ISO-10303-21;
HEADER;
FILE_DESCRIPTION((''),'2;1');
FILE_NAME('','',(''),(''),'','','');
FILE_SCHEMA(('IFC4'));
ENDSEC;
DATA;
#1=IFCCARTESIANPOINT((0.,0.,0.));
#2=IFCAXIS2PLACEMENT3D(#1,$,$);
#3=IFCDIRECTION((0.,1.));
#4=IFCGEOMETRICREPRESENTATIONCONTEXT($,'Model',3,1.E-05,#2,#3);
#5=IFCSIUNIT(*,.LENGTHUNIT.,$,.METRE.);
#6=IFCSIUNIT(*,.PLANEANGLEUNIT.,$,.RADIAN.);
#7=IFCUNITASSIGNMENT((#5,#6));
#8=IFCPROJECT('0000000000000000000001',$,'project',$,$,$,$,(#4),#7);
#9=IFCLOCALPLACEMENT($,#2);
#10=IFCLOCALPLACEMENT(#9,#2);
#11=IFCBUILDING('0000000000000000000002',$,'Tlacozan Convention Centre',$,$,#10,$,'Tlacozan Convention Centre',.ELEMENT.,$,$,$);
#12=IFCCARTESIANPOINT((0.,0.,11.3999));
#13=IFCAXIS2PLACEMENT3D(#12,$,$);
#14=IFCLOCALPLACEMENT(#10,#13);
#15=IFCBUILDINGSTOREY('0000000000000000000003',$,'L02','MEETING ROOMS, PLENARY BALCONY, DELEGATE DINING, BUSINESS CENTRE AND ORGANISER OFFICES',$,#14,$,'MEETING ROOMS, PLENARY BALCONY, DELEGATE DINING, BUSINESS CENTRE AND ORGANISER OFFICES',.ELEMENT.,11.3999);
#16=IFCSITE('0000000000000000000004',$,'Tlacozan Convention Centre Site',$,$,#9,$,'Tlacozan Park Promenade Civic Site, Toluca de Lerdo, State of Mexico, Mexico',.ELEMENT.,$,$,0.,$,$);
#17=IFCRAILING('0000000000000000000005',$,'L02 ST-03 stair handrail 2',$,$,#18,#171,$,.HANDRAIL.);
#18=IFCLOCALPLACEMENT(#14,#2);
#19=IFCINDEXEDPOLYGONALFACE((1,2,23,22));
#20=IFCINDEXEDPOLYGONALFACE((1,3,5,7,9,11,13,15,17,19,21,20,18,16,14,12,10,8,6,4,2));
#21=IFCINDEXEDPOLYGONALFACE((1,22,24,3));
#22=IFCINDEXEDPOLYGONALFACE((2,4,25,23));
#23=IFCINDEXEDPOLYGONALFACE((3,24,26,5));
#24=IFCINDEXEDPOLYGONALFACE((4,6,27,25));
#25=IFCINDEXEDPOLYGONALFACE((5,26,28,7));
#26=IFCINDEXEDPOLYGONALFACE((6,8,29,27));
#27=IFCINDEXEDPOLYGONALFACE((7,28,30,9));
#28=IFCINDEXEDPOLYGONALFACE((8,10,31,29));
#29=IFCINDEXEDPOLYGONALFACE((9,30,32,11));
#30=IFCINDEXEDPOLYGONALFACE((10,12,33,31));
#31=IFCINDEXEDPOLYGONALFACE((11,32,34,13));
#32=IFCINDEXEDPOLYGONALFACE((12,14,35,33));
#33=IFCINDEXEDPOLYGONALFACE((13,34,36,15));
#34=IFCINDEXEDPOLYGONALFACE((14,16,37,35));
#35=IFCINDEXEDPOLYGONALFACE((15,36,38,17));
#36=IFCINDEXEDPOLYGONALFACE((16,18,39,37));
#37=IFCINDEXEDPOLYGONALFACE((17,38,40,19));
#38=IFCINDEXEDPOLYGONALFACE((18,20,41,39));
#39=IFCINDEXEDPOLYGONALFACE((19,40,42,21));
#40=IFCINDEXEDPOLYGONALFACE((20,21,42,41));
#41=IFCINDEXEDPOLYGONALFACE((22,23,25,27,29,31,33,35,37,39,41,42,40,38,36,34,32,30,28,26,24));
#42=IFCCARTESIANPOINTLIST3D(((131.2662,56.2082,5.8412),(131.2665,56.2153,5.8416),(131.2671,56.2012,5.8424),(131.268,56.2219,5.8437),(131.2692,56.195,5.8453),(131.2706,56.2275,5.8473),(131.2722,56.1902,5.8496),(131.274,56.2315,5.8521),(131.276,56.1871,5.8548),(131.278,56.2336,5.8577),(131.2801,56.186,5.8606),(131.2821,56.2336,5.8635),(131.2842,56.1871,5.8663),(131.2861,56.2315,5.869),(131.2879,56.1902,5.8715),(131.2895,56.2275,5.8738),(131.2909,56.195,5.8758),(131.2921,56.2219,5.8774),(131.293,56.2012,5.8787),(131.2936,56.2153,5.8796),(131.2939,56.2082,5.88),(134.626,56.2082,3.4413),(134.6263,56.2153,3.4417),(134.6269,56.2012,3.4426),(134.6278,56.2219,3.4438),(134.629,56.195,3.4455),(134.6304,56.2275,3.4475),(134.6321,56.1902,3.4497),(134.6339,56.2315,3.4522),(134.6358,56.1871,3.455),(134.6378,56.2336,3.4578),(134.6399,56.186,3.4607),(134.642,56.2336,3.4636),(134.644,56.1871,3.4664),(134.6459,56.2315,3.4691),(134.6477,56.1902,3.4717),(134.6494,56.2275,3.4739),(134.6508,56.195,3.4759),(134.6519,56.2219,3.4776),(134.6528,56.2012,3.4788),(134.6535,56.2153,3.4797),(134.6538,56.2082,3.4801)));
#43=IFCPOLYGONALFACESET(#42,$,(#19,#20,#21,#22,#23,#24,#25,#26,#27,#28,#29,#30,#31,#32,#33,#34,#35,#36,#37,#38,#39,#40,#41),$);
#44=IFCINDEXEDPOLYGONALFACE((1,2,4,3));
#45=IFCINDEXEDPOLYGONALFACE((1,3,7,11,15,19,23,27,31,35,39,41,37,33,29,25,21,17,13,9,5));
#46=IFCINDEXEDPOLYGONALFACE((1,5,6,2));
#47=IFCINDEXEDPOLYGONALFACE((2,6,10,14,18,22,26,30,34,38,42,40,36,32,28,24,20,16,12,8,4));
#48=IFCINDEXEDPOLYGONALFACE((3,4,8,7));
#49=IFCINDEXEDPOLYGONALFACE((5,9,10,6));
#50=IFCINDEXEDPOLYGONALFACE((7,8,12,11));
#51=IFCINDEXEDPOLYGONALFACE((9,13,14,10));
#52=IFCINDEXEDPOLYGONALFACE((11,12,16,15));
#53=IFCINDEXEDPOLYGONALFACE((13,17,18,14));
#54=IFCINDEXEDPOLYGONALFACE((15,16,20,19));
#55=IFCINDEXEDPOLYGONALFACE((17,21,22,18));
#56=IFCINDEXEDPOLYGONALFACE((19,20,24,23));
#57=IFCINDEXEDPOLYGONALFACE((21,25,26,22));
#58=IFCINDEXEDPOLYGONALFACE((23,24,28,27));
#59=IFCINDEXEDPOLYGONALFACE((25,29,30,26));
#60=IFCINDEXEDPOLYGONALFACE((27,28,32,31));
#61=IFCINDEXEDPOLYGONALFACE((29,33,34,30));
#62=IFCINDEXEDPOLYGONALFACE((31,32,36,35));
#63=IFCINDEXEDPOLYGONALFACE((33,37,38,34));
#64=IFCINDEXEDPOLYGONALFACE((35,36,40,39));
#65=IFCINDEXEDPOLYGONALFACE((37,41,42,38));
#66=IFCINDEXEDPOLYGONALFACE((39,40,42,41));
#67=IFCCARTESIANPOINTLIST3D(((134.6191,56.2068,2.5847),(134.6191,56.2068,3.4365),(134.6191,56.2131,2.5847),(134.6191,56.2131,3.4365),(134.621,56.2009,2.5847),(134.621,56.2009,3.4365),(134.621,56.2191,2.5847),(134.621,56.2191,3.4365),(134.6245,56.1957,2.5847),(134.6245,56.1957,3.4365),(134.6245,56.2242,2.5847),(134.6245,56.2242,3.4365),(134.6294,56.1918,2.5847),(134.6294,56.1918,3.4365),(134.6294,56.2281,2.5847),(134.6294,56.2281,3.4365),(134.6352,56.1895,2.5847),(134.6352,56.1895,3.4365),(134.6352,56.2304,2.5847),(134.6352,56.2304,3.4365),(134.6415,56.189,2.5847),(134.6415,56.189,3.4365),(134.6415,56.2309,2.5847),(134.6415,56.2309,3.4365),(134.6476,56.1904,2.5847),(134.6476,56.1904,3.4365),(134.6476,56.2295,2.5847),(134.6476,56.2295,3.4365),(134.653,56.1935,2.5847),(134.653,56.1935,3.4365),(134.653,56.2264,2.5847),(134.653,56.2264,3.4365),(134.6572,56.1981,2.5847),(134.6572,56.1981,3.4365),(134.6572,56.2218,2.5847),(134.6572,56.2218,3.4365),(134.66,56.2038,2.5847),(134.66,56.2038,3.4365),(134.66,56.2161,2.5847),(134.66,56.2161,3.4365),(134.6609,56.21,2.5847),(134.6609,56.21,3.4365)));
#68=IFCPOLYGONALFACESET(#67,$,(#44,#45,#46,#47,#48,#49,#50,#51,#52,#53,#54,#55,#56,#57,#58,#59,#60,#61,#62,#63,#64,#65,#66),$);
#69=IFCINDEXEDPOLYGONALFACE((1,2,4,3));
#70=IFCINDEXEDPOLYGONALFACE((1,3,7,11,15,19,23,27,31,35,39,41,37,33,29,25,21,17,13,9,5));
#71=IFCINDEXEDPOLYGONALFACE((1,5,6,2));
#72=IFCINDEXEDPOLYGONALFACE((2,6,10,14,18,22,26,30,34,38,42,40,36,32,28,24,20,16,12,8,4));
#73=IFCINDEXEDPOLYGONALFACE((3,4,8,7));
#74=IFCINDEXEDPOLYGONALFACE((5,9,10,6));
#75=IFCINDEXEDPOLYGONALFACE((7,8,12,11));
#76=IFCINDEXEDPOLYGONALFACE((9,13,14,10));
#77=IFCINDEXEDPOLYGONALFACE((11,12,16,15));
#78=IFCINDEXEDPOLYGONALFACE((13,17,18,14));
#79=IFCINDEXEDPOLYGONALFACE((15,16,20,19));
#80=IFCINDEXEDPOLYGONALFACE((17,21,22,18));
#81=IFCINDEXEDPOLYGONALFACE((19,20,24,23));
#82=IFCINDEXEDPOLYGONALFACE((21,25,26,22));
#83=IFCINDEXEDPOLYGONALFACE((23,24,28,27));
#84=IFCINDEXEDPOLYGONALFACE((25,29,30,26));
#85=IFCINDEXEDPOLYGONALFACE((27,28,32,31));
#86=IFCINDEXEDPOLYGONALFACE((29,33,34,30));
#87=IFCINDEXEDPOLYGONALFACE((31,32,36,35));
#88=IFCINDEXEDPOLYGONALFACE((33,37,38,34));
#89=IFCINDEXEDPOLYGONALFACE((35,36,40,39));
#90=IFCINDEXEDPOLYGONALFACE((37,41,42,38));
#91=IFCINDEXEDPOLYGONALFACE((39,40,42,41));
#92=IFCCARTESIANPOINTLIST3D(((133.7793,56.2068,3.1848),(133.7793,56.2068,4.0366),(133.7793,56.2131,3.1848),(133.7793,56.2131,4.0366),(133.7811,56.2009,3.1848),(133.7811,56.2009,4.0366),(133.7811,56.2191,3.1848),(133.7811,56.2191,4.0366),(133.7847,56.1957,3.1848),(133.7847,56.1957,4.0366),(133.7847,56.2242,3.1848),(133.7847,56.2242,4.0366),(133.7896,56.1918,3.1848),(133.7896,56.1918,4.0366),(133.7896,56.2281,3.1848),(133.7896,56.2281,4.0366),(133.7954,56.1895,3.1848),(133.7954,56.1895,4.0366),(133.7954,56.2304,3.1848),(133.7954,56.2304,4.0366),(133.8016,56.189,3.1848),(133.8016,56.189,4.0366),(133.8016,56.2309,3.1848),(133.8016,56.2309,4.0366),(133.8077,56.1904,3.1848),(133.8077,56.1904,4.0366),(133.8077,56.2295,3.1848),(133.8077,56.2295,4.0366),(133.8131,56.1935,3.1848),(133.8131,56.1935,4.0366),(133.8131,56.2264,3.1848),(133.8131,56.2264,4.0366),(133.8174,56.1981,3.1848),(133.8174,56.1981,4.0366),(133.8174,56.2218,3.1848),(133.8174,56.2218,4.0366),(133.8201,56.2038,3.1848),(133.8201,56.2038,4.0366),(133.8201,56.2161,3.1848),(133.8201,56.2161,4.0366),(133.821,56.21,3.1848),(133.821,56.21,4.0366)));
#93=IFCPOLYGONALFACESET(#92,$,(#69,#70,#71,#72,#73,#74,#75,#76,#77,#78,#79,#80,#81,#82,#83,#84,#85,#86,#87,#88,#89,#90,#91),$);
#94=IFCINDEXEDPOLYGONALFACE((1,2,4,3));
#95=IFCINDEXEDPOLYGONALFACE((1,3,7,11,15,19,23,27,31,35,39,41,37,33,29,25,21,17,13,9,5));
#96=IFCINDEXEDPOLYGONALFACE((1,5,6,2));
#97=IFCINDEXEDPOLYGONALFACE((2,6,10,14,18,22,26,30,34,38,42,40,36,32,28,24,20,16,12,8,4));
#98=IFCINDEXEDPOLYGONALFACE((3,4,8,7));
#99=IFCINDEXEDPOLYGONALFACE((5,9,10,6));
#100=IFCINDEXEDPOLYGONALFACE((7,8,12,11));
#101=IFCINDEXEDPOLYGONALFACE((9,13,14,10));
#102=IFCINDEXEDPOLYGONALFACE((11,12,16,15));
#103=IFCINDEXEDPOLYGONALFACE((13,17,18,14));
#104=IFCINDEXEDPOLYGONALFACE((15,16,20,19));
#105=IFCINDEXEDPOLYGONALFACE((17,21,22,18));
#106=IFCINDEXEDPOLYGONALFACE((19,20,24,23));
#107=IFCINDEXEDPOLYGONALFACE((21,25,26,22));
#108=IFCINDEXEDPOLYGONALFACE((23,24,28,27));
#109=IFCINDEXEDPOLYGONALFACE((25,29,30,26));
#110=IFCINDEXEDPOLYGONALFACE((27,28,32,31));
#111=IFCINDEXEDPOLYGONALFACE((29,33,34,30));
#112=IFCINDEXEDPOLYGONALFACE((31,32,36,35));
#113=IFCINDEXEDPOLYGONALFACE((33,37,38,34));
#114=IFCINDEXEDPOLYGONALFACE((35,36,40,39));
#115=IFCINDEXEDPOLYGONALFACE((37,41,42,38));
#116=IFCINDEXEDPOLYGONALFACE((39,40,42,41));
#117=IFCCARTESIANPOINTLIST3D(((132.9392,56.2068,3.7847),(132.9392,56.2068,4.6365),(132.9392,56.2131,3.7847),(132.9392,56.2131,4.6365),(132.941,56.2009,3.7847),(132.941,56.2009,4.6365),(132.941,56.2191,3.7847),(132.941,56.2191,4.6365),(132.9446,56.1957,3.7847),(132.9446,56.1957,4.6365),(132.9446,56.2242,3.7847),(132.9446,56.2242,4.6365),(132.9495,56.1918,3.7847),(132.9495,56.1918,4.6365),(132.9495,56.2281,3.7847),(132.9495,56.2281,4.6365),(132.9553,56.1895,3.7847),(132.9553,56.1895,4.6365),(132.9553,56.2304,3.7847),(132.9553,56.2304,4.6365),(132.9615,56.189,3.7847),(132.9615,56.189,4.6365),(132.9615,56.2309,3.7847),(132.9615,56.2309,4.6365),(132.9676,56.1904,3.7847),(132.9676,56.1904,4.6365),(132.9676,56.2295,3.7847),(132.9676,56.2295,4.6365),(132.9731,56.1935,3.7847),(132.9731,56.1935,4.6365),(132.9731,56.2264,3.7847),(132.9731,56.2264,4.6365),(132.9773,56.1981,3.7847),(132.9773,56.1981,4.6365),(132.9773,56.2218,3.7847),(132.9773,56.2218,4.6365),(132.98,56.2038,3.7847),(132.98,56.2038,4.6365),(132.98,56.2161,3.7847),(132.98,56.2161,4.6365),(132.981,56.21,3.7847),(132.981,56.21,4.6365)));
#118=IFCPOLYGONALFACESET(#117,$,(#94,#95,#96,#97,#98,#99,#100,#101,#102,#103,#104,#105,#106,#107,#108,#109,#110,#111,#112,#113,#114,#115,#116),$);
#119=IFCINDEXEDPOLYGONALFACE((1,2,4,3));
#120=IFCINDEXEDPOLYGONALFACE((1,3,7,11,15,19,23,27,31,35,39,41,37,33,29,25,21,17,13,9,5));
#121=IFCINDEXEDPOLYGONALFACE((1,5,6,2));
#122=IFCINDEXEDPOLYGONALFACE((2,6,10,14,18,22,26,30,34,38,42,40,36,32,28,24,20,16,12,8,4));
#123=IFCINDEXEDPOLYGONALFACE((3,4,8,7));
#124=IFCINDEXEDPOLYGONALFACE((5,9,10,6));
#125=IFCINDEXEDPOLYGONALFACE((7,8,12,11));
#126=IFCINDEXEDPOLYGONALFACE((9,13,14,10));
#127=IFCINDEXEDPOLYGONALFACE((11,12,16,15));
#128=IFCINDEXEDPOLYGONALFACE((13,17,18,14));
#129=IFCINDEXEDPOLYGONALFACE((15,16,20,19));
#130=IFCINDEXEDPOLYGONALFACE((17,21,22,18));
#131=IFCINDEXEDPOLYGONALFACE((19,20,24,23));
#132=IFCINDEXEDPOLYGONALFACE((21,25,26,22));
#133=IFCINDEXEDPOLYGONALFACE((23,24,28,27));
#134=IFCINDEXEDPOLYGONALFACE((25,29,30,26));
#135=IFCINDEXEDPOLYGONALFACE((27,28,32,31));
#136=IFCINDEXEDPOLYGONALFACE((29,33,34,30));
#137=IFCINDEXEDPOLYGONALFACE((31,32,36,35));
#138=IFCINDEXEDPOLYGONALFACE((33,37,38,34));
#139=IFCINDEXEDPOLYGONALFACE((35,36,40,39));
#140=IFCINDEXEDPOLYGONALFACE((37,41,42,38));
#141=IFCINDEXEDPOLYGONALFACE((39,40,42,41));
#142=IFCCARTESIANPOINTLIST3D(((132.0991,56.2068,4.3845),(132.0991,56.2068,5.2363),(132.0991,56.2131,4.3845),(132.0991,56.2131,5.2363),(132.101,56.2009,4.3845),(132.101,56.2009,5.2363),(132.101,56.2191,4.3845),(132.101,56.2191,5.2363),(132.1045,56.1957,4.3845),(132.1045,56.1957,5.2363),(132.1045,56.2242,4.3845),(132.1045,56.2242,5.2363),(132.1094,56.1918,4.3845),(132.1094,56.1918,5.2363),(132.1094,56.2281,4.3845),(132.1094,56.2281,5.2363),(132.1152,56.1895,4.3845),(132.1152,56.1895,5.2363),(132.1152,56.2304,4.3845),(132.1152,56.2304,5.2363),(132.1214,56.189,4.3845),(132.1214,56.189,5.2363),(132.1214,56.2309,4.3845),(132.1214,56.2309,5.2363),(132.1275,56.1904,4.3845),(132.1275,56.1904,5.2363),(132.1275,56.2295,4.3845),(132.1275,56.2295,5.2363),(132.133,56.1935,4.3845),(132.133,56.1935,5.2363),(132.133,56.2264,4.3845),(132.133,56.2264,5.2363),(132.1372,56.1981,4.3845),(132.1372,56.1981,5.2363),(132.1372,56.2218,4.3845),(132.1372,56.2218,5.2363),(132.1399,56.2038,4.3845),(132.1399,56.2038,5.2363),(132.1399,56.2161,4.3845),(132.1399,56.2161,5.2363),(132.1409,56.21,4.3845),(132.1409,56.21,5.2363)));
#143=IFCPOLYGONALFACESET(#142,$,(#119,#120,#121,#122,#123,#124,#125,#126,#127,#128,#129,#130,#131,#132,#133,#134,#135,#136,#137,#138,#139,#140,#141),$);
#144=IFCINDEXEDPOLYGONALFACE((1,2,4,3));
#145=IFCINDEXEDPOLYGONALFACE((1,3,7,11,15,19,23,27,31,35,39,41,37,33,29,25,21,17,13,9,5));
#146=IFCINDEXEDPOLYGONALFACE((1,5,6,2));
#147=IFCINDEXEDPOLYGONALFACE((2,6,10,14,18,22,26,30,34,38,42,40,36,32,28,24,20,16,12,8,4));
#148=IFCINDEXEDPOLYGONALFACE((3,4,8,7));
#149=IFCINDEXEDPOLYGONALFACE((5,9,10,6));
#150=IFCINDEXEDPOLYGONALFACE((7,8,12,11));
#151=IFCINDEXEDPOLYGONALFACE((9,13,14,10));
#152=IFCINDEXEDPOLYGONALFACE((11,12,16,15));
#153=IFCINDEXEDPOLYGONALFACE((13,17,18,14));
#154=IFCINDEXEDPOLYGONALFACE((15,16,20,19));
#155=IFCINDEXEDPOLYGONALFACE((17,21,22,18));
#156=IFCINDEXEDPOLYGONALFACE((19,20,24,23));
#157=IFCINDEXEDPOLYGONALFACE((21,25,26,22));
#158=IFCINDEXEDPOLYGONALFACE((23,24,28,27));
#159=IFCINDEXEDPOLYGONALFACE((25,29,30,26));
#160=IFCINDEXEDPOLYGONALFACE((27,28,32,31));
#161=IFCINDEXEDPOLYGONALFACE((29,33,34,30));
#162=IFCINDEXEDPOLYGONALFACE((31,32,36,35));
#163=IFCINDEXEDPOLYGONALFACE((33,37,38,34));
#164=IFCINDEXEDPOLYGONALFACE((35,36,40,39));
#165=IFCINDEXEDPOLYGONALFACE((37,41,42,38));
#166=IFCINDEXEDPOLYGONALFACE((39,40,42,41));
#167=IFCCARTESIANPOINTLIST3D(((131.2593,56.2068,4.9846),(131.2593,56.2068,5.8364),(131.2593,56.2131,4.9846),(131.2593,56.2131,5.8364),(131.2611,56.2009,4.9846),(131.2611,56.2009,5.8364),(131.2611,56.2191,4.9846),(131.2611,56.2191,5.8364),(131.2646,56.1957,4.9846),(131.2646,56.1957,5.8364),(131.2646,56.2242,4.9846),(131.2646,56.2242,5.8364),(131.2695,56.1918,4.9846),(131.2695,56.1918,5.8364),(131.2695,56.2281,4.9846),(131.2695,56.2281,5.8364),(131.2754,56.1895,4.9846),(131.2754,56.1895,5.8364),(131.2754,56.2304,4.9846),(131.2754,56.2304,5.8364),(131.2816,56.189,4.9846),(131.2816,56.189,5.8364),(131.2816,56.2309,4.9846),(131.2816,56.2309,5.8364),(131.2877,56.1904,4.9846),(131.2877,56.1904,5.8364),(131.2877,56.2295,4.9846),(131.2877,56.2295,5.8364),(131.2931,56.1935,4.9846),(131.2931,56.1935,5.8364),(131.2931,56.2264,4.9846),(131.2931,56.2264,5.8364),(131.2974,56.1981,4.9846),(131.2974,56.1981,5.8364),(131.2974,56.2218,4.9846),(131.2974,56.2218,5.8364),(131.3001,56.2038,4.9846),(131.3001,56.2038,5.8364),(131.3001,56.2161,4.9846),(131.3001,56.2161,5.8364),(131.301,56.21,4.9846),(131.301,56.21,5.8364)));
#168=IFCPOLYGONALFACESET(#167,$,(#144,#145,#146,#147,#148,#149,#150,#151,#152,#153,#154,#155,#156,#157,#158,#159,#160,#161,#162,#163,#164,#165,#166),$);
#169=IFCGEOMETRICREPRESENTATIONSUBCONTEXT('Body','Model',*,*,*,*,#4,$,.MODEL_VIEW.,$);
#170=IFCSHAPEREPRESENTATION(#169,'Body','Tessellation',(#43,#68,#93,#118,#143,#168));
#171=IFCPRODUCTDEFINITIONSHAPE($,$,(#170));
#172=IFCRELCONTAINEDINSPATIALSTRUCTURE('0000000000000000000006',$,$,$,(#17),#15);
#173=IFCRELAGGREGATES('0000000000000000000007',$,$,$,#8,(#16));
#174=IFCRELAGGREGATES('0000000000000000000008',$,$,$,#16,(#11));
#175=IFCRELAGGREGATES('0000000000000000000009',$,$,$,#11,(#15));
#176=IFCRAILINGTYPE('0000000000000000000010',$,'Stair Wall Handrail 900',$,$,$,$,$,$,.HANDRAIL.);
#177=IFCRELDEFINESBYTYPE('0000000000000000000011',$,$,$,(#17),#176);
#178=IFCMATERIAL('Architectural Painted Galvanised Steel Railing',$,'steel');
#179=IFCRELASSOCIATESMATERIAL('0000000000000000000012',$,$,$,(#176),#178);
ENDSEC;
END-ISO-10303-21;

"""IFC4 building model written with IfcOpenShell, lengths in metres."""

from ifc_helpers import new_model, si_unit, direction, frame, origin, origin_2d, place, context, subcontext, project, spatial, circle, extrude, material, type_object, element, save


model = new_model("IFC4")

# Units and contexts
model_context = context("Model", 3, precision=1e-05, world=origin(), true_north=direction((0.0, 1.0)))
body_context = subcontext(model_context, "Body", "Model", "MODEL_VIEW")
ifc_project = project(units=[si_unit("LENGTHUNIT", "METRE"), si_unit("PLANEANGLEUNIT", "RADIAN")], contexts=[model_context])

# Site, building, storey
site_placement = place(None, origin())
site = spatial("IfcSite", under=ifc_project, at=site_placement, Name="Tlacozan Convention Centre Site", LongName="Tlacozan Park Promenade Civic Site, Toluca de Lerdo, State of Mexico, Mexico", CompositionType="ELEMENT", RefElevation=0.0)
building_placement = place(site_placement, origin())
building = spatial("IfcBuilding", under=site, at=building_placement, Name="Tlacozan Convention Centre", LongName="Tlacozan Convention Centre", CompositionType="ELEMENT")
storey_placement = place(building_placement, frame((0.0, 0.0, 11.3999)))
storey = spatial("IfcBuildingStorey", under=building, at=storey_placement, Name="L02", Description="MEETING ROOMS, PLENARY BALCONY, DELEGATE DINING, BUSINESS CENTRE AND ORGANISER OFFICES", LongName="MEETING ROOMS, PLENARY BALCONY, DELEGATE DINING, BUSINESS CENTRE AND ORGANISER OFFICES", CompositionType="ELEMENT", Elevation=11.3999)

# Railing
ifc_material_1 = material(Name="Architectural Painted Galvanised Steel Railing", Category="steel")
railing_type_1 = type_object("IfcRailingType", Name="Stair Wall Handrail 900", PredefinedType="HANDRAIL", material=ifc_material_1)
railing_1_placement = place(storey_placement, frame((134.6399, 56.21, 2.5847)))
element("IfcRailing", 1, at=railing_1_placement, inside=storey, type_object=railing_type_1, Name="L02 ST-03 stair handrail 2", PredefinedType="HANDRAIL", context=body_context, shape_type="SweptSolid", body=[
    extrude(circle(Radius=0.0239, at=origin_2d()), frame((0.0, 0.0, 0.876), z_axis=(-0.813733, 0.0, 0.581238), x_axis=(0.0, -1.0, 0.0)), (0.0, 0.0, 1.0), 4.1289),
    extrude(circle(Radius=0.021, at=origin_2d()), origin(), (0.0, 0.0, 1.0), 0.8518),
    extrude(circle(Radius=0.021, at=origin_2d()), frame((-0.8398, 0.0, 0.6001)), (0.0, 0.0, 1.0), 0.8518),
    extrude(circle(Radius=0.021, at=origin_2d()), frame((-1.6799, 0.0, 1.2)), (0.0, 0.0, 1.0), 0.8518),
    extrude(circle(Radius=0.021, at=origin_2d()), frame((-2.52, 0.0, 1.7998)), (0.0, 0.0, 1.0), 0.8518),
    extrude(circle(Radius=0.021, at=origin_2d()), frame((-3.3599, 0.0, 2.3999)), (0.0, 0.0, 1.0), 0.8518),
])

save(model, "model.ifc")
